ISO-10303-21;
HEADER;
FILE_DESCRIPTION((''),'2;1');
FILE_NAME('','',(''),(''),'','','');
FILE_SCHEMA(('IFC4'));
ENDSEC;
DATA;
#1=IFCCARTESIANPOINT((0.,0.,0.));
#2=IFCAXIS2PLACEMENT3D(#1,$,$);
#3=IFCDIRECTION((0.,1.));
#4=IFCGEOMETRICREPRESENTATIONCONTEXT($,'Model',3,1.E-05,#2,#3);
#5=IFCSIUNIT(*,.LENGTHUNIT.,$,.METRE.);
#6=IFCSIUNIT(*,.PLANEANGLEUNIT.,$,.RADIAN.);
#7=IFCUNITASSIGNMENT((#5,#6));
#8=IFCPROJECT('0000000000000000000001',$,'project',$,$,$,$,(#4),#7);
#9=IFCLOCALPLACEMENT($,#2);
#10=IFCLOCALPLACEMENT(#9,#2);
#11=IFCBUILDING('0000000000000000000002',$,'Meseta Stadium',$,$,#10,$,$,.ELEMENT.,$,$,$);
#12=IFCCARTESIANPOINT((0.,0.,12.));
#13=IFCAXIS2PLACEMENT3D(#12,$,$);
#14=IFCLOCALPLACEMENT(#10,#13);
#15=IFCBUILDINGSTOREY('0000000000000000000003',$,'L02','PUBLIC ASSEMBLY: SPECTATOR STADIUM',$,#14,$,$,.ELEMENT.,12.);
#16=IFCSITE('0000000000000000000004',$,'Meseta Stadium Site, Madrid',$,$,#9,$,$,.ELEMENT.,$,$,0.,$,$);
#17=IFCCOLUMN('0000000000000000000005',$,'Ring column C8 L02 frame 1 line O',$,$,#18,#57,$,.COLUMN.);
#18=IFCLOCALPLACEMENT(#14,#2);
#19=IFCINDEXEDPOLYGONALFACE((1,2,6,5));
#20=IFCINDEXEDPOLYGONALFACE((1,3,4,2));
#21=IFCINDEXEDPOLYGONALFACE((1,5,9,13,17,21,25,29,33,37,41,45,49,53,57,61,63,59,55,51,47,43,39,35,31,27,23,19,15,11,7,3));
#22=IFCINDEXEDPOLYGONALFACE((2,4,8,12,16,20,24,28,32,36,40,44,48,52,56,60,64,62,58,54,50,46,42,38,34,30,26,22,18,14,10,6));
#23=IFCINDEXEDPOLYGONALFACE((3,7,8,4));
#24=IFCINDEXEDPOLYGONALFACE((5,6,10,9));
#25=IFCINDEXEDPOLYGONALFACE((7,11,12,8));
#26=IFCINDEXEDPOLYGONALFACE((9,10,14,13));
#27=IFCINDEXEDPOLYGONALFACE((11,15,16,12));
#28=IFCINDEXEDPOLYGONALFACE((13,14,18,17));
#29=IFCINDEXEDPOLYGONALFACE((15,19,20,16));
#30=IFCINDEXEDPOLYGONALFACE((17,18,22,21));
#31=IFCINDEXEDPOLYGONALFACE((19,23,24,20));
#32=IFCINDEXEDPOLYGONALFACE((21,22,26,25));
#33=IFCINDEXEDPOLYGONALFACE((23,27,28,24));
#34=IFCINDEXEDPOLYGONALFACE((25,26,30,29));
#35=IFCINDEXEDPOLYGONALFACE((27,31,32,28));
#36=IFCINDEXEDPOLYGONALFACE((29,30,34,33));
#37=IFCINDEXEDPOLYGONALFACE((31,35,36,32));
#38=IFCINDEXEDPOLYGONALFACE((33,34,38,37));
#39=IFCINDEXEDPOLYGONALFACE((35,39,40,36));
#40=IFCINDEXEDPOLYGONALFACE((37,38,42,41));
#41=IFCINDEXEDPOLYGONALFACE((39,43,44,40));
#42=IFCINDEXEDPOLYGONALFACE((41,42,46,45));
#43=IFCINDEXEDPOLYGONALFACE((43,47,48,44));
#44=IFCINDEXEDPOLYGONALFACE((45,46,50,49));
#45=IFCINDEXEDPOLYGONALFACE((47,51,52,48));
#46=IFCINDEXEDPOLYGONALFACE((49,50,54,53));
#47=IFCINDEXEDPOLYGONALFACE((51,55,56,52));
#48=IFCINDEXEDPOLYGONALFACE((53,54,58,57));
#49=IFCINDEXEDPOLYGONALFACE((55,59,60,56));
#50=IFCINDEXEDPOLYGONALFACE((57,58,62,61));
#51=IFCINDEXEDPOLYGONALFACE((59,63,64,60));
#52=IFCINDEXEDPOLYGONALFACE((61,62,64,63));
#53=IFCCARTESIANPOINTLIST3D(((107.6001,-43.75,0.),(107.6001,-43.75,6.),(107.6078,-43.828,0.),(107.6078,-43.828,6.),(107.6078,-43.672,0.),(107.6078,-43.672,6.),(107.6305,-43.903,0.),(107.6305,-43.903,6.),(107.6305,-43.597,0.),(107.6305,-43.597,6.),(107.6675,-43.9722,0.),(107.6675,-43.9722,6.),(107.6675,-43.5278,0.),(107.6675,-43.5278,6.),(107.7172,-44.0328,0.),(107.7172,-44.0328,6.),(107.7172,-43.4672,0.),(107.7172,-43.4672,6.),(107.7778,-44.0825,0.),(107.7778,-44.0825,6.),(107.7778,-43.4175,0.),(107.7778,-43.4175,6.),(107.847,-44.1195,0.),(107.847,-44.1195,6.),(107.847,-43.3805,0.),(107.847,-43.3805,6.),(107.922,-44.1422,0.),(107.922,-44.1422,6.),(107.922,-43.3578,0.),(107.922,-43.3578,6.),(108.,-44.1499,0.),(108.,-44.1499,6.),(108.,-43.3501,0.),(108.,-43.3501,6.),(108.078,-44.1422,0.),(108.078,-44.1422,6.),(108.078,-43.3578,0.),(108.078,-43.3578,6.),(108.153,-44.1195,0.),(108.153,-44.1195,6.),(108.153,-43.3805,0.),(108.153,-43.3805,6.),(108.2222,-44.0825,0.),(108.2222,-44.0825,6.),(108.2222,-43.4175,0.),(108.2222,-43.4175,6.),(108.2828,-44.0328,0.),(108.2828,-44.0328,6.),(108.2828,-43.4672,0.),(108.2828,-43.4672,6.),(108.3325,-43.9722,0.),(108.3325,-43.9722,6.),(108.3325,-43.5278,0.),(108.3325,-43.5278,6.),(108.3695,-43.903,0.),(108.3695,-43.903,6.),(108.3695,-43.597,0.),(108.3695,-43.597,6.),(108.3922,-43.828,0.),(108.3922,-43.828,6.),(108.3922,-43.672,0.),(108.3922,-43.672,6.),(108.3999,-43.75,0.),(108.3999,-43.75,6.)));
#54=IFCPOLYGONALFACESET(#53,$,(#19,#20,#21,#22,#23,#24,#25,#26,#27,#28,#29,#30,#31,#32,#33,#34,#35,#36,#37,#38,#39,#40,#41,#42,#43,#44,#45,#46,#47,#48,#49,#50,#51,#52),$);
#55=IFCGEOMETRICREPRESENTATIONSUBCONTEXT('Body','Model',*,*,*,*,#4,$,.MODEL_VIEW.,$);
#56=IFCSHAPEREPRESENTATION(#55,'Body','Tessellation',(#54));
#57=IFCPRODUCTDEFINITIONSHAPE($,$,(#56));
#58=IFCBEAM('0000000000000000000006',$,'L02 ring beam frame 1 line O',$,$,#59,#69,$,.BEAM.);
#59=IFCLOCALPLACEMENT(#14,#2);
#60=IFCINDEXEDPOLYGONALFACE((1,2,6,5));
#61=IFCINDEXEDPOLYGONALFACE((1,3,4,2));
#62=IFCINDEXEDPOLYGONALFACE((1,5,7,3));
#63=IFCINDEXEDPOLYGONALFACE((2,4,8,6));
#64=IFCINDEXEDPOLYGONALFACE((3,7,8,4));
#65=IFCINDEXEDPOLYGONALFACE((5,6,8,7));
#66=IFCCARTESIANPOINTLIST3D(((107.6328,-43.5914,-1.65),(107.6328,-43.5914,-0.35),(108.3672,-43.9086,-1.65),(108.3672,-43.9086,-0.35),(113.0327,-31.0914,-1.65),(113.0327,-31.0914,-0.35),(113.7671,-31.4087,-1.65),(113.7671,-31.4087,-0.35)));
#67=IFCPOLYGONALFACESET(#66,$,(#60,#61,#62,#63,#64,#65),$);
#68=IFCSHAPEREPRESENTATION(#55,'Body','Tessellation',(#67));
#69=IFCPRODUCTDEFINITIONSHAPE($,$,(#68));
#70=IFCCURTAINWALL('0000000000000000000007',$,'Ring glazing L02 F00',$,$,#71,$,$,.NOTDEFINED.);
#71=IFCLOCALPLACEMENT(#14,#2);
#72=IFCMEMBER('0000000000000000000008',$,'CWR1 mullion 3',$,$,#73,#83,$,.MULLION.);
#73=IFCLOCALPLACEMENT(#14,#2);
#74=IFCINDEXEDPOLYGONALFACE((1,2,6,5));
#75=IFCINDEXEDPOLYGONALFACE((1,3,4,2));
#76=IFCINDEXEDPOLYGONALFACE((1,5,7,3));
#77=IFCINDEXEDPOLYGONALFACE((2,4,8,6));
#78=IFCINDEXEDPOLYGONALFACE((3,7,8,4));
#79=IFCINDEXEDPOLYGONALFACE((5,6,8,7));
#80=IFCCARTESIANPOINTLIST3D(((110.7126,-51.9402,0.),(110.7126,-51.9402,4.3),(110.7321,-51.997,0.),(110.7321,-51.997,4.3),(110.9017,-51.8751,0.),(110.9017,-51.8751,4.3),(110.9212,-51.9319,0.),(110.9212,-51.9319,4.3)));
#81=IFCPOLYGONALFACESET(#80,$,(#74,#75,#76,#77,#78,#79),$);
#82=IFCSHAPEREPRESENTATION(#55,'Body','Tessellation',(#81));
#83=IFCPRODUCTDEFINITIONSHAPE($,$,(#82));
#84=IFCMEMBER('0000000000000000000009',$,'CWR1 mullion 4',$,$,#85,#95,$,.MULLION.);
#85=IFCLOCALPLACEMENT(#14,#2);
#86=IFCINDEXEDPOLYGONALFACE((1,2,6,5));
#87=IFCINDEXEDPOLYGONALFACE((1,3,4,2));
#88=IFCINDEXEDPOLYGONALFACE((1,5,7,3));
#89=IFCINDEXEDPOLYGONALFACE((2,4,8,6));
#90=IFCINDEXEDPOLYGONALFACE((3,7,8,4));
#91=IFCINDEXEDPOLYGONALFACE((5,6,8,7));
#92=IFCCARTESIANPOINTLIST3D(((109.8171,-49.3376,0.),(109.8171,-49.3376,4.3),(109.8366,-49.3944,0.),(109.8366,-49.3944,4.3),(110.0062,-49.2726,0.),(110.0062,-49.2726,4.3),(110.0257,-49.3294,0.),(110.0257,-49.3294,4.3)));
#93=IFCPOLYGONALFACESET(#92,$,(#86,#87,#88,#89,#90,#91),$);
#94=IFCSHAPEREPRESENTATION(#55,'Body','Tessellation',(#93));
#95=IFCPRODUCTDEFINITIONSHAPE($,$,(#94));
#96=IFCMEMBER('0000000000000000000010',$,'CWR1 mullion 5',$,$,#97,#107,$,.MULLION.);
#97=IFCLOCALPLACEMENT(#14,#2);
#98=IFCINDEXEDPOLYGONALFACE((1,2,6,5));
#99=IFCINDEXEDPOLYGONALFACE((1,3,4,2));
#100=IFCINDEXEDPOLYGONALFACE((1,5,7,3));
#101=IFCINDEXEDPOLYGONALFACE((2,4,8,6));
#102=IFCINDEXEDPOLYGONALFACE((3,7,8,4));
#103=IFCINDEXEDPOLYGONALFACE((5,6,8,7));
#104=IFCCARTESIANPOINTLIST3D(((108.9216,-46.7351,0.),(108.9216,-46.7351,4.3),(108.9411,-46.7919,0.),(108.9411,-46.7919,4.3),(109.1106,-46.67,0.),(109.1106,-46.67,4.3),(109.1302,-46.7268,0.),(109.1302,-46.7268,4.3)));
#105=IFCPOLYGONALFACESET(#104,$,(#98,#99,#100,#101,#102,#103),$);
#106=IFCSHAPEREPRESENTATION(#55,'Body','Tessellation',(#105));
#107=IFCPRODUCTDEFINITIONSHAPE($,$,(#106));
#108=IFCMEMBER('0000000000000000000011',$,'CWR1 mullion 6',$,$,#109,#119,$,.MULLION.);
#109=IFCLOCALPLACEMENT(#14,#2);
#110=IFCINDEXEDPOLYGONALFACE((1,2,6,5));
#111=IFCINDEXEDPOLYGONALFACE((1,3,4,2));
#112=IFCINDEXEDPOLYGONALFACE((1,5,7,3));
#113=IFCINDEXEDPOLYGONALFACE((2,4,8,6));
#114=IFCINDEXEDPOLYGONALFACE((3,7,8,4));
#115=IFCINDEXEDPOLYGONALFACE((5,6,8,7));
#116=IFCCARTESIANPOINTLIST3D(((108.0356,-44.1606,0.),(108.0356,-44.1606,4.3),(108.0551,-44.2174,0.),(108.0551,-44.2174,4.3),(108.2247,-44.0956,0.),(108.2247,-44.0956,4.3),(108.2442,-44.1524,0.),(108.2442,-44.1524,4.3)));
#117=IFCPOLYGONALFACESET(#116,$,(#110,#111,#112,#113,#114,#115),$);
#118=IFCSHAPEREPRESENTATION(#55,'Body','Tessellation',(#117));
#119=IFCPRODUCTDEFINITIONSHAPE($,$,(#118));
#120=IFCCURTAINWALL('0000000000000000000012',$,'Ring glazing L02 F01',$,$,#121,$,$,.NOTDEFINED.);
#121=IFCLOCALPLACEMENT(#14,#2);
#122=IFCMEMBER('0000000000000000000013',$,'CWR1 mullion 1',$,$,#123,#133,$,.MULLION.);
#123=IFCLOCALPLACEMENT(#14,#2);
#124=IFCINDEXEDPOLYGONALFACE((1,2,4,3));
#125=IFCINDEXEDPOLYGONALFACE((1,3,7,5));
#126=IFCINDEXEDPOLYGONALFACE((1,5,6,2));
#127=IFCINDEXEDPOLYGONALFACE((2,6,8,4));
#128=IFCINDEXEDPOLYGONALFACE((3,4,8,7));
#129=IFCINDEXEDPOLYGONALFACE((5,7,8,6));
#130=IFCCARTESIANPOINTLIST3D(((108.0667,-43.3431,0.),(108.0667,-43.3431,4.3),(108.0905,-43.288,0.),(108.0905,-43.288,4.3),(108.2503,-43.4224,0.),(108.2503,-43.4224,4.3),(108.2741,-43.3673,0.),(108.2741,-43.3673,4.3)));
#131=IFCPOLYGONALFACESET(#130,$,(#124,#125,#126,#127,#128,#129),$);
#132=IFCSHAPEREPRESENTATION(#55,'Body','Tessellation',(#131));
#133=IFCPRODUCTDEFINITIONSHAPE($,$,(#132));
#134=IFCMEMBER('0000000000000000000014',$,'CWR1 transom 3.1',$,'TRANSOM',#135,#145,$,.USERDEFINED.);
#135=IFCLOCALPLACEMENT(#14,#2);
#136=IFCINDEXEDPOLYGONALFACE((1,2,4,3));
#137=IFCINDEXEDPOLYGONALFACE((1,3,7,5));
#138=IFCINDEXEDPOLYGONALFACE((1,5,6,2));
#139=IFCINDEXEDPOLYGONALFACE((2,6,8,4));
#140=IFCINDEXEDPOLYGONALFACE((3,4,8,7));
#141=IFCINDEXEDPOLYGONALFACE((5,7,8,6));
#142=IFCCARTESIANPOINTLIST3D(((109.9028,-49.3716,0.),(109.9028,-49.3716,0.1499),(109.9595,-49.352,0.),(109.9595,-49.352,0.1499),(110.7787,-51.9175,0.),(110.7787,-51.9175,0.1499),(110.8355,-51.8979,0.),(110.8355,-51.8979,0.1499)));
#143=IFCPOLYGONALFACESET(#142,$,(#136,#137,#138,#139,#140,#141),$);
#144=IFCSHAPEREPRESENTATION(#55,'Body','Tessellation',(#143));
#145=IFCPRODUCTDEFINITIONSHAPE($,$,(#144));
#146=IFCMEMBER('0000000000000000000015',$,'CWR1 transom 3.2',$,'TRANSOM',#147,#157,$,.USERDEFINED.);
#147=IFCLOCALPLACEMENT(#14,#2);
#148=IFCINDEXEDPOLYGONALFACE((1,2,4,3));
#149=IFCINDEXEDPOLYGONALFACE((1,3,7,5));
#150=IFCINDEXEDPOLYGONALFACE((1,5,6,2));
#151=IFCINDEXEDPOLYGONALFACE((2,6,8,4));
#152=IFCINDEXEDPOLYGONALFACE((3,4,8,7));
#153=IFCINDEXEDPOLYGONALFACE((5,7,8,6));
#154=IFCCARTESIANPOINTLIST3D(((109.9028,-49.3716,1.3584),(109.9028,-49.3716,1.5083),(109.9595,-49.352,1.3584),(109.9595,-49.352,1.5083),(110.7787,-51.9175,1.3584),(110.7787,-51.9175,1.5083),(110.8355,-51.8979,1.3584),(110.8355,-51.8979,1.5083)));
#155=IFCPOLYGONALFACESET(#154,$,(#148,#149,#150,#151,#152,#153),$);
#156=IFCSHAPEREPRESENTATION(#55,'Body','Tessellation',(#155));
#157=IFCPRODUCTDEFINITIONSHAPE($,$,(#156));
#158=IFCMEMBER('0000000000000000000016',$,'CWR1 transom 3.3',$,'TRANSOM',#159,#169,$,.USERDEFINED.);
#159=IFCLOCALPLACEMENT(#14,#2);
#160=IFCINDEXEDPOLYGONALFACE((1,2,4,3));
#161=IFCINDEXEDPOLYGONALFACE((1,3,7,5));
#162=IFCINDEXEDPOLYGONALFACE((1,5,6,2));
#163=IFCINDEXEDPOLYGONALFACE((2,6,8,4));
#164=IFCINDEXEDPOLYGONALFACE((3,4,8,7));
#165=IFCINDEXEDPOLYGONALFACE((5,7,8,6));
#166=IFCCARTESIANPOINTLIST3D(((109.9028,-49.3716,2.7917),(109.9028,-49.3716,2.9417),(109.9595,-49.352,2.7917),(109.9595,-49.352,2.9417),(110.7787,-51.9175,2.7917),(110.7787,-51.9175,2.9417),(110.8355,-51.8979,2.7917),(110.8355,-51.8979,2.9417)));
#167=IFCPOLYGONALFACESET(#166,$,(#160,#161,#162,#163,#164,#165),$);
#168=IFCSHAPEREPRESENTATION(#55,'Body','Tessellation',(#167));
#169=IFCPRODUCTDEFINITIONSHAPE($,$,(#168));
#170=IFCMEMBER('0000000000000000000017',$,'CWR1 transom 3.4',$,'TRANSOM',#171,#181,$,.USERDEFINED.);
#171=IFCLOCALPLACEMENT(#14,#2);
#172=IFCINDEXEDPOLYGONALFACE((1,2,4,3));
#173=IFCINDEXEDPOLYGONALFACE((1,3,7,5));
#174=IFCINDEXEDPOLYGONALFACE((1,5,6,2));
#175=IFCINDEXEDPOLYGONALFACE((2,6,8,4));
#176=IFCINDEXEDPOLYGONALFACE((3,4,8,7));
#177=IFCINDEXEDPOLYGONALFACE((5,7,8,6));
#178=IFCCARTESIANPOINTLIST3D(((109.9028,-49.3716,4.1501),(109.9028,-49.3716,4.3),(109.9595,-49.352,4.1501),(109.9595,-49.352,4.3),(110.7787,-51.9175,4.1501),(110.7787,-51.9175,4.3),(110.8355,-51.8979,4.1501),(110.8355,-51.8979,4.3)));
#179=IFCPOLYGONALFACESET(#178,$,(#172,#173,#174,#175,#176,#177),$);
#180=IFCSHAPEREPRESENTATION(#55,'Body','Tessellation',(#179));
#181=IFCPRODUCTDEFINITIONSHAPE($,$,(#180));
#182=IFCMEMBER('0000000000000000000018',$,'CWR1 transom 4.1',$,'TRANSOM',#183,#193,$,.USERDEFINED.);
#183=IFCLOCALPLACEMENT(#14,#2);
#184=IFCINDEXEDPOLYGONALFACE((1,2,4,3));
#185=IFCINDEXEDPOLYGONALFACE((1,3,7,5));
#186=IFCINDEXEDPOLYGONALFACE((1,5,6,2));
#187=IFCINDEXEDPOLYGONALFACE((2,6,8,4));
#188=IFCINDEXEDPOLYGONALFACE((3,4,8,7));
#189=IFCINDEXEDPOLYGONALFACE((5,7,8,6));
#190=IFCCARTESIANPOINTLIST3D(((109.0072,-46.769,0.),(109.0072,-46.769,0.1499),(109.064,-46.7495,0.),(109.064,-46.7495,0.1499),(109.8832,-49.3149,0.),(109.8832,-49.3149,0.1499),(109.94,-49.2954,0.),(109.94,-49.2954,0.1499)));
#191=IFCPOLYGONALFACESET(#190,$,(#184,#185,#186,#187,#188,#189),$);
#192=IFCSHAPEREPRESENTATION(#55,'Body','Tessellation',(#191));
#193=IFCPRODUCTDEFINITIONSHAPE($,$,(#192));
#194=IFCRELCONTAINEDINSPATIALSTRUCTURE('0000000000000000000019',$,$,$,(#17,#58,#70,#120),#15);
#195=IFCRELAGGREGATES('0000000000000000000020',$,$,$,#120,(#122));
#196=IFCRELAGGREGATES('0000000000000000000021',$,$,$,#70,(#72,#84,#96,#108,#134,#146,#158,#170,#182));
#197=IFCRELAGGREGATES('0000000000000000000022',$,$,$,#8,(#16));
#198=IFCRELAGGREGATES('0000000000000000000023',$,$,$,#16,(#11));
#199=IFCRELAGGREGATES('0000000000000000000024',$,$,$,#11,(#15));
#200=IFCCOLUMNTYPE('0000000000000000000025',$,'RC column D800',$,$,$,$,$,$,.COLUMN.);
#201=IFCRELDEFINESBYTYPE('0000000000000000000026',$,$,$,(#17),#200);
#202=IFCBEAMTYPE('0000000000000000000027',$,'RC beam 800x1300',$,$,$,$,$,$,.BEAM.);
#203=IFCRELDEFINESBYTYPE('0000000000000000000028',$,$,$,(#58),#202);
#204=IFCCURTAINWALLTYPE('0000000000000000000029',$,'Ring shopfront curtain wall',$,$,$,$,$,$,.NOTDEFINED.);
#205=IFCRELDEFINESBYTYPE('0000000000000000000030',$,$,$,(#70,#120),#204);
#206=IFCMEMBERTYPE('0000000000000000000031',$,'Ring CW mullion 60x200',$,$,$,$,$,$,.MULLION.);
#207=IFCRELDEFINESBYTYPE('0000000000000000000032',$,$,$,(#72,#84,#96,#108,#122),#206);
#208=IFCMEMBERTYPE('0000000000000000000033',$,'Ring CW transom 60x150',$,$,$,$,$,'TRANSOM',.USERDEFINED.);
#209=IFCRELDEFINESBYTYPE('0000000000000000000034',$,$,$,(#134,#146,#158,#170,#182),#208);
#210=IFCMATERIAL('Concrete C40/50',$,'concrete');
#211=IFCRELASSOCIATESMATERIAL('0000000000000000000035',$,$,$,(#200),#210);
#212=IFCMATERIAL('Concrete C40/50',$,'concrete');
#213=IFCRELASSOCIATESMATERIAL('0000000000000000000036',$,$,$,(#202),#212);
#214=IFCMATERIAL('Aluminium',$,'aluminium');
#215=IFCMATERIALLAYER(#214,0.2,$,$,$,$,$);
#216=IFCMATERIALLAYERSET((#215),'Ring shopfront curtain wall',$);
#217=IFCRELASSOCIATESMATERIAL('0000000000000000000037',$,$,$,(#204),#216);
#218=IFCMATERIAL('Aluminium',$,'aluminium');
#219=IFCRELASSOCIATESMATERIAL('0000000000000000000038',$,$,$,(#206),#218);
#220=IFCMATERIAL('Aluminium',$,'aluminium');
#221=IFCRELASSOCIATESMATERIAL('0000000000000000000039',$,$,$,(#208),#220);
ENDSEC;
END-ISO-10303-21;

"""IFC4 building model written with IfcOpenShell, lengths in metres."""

from ifc_helpers import new_model, si_unit, direction, frame, origin, origin_2d, place, context, subcontext, project, spatial, rectangle, circle, extrude, material, layer, layer_set, material_profile, profile_set, type_object, element, aggregate, save


model = new_model("IFC4")

# Units and contexts
model_context = context("Model", 3, precision=1e-05, world=origin(), true_north=direction((0.0, 1.0)))
body_context = subcontext(model_context, "Body", "Model", "MODEL_VIEW")
ifc_project = project(units=[si_unit("LENGTHUNIT", "METRE"), si_unit("PLANEANGLEUNIT", "RADIAN")], contexts=[model_context])

# Site, building, storey
site_placement = place(None, origin())
site = spatial("IfcSite", under=ifc_project, at=site_placement, Name="Meseta Stadium Site, Madrid", CompositionType="ELEMENT", RefElevation=0.0)
building_placement = place(site_placement, origin())
building = spatial("IfcBuilding", under=site, at=building_placement, Name="Meseta Stadium", CompositionType="ELEMENT")
storey_placement = place(building_placement, frame((0.0, 0.0, 12.0)))
storey = spatial("IfcBuildingStorey", under=building, at=storey_placement, Name="L02", Description="PUBLIC ASSEMBLY: SPECTATOR STADIUM", CompositionType="ELEMENT", Elevation=12.0)

# Column
ifc_material_1 = material(Name="Concrete C40/50", Category="concrete")
ifc_material_profile_1 = material_profile(ifc_material_1, circle(Radius=0.3999, at=origin_2d()), Name="RC D800")
ifc_profile_set_1 = profile_set([ifc_material_profile_1], Name="Concrete C40/50")
column_type = type_object("IfcColumnType", Name="RC column D800", PredefinedType="COLUMN", material=ifc_profile_set_1)
column_placement = place(storey_placement, frame((108.0, -43.75, 0.0), z_axis=(0.0, 0.0, 1.0), x_axis=(1.0, 0.0, 0.0)))
element("IfcColumn", 1, at=column_placement, inside=storey, type_object=column_type, Name="Ring column C8 L02 frame 1 line O", PredefinedType="COLUMN", context=body_context, shape_type="SweptSolid", body=[
    extrude(circle(Radius=0.3999, at=origin_2d()), origin(), (0.0, 0.0, 1.0), 6.0),
])

# Beam
ifc_material_2 = material(Name="Concrete C40/50", Category="concrete")
ifc_material_profile_2 = material_profile(ifc_material_2, rectangle(XDim=0.8, YDim=1.3, at=origin_2d()), Name="RC 800x1300")
ifc_profile_set_2 = profile_set([ifc_material_profile_2], Name="Concrete C40/50")
beam_type = type_object("IfcBeamType", Name="RC beam 800x1300", PredefinedType="BEAM", material=ifc_profile_set_2)
beam_placement = place(storey_placement, frame((108.0, -43.75, -1.0), z_axis=(0.396571, 0.918004, 0.0), x_axis=(-0.918004, 0.396571, 0.0)))
element("IfcBeam", 2, at=beam_placement, inside=storey, type_object=beam_type, Name="L02 ring beam frame 1 line O", PredefinedType="BEAM", context=body_context, shape_type="SweptSolid", body=[
    extrude(rectangle(XDim=0.8, YDim=1.3, at=origin_2d()), origin(), (0.0, 0.0, 1.0), 13.6165),
])

# Curtain wall, members
ifc_material_3 = material(Name="Aluminium", Category="aluminium")
ifc_layer_1 = layer(ifc_material_3, 0.2)
ifc_layer_set_1 = layer_set([ifc_layer_1], Name="Ring shopfront curtain wall")
curtain_wall_type = type_object("IfcCurtainWallType", Name="Ring shopfront curtain wall", PredefinedType="NOTDEFINED", material=ifc_layer_set_1)
curtain_wall_1_placement = place(storey_placement, origin())
curtain_wall_1 = element("IfcCurtainWall", 3, at=curtain_wall_1_placement, inside=storey, type_object=curtain_wall_type, Name="Ring glazing L02 F00", PredefinedType="NOTDEFINED")
ifc_material_4 = material(Name="Aluminium", Category="aluminium")
ifc_material_profile_3 = material_profile(ifc_material_4, rectangle(XDim=0.2, YDim=0.0601, at=origin_2d()), Name="CW 200x60")
ifc_profile_set_3 = profile_set([ifc_material_profile_3], Name="Aluminium")
member_type_1 = type_object("IfcMemberType", Name="Ring CW mullion 60x200", PredefinedType="MULLION", material=ifc_profile_set_3)
member_1_placement = place(storey_placement, frame((110.8169, -51.936, 0.0), z_axis=(0.0, 0.0, 1.0), x_axis=(-0.945581, -0.325386, 0.0)))
member_1 = element("IfcMember", 4, at=member_1_placement, type_object=member_type_1, Name="CWR1 mullion 3", PredefinedType="MULLION", context=body_context, shape_type="SweptSolid", body=[
    extrude(rectangle(XDim=0.2, YDim=0.0601, at=origin_2d()), origin(), (0.0, 0.0, 1.0), 4.3),
])
member_2_placement = place(storey_placement, frame((109.9214, -49.3335, 0.0), z_axis=(0.0, 0.0, 1.0), x_axis=(-0.945581, -0.325386, 0.0)))
member_2 = element("IfcMember", 5, at=member_2_placement, type_object=member_type_1, Name="CWR1 mullion 4", PredefinedType="MULLION", context=body_context, shape_type="SweptSolid", body=[
    extrude(rectangle(XDim=0.2, YDim=0.0601, at=origin_2d()), origin(), (0.0, 0.0, 1.0), 4.3),
])
member_3_placement = place(storey_placement, frame((109.0259, -46.731, 0.0), z_axis=(0.0, 0.0, 1.0), x_axis=(-0.945581, -0.325386, 0.0)))
member_3 = element("IfcMember", 6, at=member_3_placement, type_object=member_type_1, Name="CWR1 mullion 5", PredefinedType="MULLION", context=body_context, shape_type="SweptSolid", body=[
    extrude(rectangle(XDim=0.2, YDim=0.0601, at=origin_2d()), origin(), (0.0, 0.0, 1.0), 4.3),
])
member_4_placement = place(storey_placement, frame((108.1399, -44.1565, 0.0), z_axis=(0.0, 0.0, 1.0), x_axis=(-0.945581, -0.325386, 0.0)))
member_4 = element("IfcMember", 7, at=member_4_placement, type_object=member_type_1, Name="CWR1 mullion 6", PredefinedType="MULLION", context=body_context, shape_type="SweptSolid", body=[
    extrude(rectangle(XDim=0.2, YDim=0.0601, at=origin_2d()), origin(), (0.0, 0.0, 1.0), 4.3),
])

# Curtain wall, member
curtain_wall_2_placement = place(storey_placement, origin())
curtain_wall_2 = element("IfcCurtainWall", 8, at=curtain_wall_2_placement, inside=storey, type_object=curtain_wall_type, Name="Ring glazing L02 F01", PredefinedType="NOTDEFINED")
member_5_placement = place(storey_placement, frame((108.1704, -43.3552, 0.0), z_axis=(0.0, 0.0, 1.0), x_axis=(-0.918, 0.396581, 0.0)))
member_5 = element("IfcMember", 9, at=member_5_placement, type_object=member_type_1, Name="CWR1 mullion 1", PredefinedType="MULLION", context=body_context, shape_type="SweptSolid", body=[
    extrude(rectangle(XDim=0.2, YDim=0.0601, at=origin_2d()), origin(), (0.0, 0.0, 1.0), 4.3),
])
aggregate(curtain_wall_2, [member_5])

# Members
ifc_material_5 = material(Name="Aluminium", Category="aluminium")
ifc_material_profile_4 = material_profile(ifc_material_5, rectangle(XDim=0.0601, YDim=0.1499, at=origin_2d()), Name="CW 60x150")
ifc_profile_set_4 = profile_set([ifc_material_profile_4], Name="Aluminium")
member_type_2 = type_object("IfcMemberType", Name="Ring CW transom 60x150", ElementType="TRANSOM", PredefinedType="USERDEFINED", material=ifc_profile_set_4)
member_6_placement = place(storey_placement, frame((110.8071, -51.9077, 0.075), z_axis=(-0.325353, 0.945592, 0.0), x_axis=(-0.945592, -0.325353, 0.0)))
member_6 = element("IfcMember", 10, at=member_6_placement, type_object=member_type_2, Name="CWR1 transom 3.1", ObjectType="TRANSOM", PredefinedType="USERDEFINED", context=body_context, shape_type="SweptSolid", body=[
    extrude(rectangle(XDim=0.0601, YDim=0.1499, at=origin_2d()), origin(), (0.0, 0.0, 1.0), 2.6924),
])
member_7_placement = place(storey_placement, frame((110.8071, -51.9077, 1.4333), z_axis=(-0.325353, 0.945592, 0.0), x_axis=(-0.945592, -0.325353, 0.0)))
member_7 = element("IfcMember", 11, at=member_7_placement, type_object=member_type_2, Name="CWR1 transom 3.2", ObjectType="TRANSOM", PredefinedType="USERDEFINED", context=body_context, shape_type="SweptSolid", body=[
    extrude(rectangle(XDim=0.0601, YDim=0.1499, at=origin_2d()), origin(), (0.0, 0.0, 1.0), 2.6924),
])
member_8_placement = place(storey_placement, frame((110.8071, -51.9077, 2.8667), z_axis=(-0.325353, 0.945592, 0.0), x_axis=(-0.945592, -0.325353, 0.0)))
member_8 = element("IfcMember", 12, at=member_8_placement, type_object=member_type_2, Name="CWR1 transom 3.3", ObjectType="TRANSOM", PredefinedType="USERDEFINED", context=body_context, shape_type="SweptSolid", body=[
    extrude(rectangle(XDim=0.0601, YDim=0.1499, at=origin_2d()), origin(), (0.0, 0.0, 1.0), 2.6924),
])
member_9_placement = place(storey_placement, frame((110.8071, -51.9077, 4.2251), z_axis=(-0.325353, 0.945592, 0.0), x_axis=(-0.945592, -0.325353, 0.0)))
member_9 = element("IfcMember", 13, at=member_9_placement, type_object=member_type_2, Name="CWR1 transom 3.4", ObjectType="TRANSOM", PredefinedType="USERDEFINED", context=body_context, shape_type="SweptSolid", body=[
    extrude(rectangle(XDim=0.0601, YDim=0.1499, at=origin_2d()), origin(), (0.0, 0.0, 1.0), 2.6924),
])
member_10_placement = place(storey_placement, frame((109.9116, -49.3052, 0.075), z_axis=(-0.325353, 0.945592, 0.0), x_axis=(-0.945592, -0.325353, 0.0)))
member_10 = element("IfcMember", 14, at=member_10_placement, type_object=member_type_2, Name="CWR1 transom 4.1", ObjectType="TRANSOM", PredefinedType="USERDEFINED", context=body_context, shape_type="SweptSolid", body=[
    extrude(rectangle(XDim=0.0601, YDim=0.1499, at=origin_2d()), origin(), (0.0, 0.0, 1.0), 2.6924),
])

aggregate(curtain_wall_1, [member_1, member_2, member_3, member_4, member_6, member_7, member_8, member_9, member_10])

save(model, "model.ifc")
